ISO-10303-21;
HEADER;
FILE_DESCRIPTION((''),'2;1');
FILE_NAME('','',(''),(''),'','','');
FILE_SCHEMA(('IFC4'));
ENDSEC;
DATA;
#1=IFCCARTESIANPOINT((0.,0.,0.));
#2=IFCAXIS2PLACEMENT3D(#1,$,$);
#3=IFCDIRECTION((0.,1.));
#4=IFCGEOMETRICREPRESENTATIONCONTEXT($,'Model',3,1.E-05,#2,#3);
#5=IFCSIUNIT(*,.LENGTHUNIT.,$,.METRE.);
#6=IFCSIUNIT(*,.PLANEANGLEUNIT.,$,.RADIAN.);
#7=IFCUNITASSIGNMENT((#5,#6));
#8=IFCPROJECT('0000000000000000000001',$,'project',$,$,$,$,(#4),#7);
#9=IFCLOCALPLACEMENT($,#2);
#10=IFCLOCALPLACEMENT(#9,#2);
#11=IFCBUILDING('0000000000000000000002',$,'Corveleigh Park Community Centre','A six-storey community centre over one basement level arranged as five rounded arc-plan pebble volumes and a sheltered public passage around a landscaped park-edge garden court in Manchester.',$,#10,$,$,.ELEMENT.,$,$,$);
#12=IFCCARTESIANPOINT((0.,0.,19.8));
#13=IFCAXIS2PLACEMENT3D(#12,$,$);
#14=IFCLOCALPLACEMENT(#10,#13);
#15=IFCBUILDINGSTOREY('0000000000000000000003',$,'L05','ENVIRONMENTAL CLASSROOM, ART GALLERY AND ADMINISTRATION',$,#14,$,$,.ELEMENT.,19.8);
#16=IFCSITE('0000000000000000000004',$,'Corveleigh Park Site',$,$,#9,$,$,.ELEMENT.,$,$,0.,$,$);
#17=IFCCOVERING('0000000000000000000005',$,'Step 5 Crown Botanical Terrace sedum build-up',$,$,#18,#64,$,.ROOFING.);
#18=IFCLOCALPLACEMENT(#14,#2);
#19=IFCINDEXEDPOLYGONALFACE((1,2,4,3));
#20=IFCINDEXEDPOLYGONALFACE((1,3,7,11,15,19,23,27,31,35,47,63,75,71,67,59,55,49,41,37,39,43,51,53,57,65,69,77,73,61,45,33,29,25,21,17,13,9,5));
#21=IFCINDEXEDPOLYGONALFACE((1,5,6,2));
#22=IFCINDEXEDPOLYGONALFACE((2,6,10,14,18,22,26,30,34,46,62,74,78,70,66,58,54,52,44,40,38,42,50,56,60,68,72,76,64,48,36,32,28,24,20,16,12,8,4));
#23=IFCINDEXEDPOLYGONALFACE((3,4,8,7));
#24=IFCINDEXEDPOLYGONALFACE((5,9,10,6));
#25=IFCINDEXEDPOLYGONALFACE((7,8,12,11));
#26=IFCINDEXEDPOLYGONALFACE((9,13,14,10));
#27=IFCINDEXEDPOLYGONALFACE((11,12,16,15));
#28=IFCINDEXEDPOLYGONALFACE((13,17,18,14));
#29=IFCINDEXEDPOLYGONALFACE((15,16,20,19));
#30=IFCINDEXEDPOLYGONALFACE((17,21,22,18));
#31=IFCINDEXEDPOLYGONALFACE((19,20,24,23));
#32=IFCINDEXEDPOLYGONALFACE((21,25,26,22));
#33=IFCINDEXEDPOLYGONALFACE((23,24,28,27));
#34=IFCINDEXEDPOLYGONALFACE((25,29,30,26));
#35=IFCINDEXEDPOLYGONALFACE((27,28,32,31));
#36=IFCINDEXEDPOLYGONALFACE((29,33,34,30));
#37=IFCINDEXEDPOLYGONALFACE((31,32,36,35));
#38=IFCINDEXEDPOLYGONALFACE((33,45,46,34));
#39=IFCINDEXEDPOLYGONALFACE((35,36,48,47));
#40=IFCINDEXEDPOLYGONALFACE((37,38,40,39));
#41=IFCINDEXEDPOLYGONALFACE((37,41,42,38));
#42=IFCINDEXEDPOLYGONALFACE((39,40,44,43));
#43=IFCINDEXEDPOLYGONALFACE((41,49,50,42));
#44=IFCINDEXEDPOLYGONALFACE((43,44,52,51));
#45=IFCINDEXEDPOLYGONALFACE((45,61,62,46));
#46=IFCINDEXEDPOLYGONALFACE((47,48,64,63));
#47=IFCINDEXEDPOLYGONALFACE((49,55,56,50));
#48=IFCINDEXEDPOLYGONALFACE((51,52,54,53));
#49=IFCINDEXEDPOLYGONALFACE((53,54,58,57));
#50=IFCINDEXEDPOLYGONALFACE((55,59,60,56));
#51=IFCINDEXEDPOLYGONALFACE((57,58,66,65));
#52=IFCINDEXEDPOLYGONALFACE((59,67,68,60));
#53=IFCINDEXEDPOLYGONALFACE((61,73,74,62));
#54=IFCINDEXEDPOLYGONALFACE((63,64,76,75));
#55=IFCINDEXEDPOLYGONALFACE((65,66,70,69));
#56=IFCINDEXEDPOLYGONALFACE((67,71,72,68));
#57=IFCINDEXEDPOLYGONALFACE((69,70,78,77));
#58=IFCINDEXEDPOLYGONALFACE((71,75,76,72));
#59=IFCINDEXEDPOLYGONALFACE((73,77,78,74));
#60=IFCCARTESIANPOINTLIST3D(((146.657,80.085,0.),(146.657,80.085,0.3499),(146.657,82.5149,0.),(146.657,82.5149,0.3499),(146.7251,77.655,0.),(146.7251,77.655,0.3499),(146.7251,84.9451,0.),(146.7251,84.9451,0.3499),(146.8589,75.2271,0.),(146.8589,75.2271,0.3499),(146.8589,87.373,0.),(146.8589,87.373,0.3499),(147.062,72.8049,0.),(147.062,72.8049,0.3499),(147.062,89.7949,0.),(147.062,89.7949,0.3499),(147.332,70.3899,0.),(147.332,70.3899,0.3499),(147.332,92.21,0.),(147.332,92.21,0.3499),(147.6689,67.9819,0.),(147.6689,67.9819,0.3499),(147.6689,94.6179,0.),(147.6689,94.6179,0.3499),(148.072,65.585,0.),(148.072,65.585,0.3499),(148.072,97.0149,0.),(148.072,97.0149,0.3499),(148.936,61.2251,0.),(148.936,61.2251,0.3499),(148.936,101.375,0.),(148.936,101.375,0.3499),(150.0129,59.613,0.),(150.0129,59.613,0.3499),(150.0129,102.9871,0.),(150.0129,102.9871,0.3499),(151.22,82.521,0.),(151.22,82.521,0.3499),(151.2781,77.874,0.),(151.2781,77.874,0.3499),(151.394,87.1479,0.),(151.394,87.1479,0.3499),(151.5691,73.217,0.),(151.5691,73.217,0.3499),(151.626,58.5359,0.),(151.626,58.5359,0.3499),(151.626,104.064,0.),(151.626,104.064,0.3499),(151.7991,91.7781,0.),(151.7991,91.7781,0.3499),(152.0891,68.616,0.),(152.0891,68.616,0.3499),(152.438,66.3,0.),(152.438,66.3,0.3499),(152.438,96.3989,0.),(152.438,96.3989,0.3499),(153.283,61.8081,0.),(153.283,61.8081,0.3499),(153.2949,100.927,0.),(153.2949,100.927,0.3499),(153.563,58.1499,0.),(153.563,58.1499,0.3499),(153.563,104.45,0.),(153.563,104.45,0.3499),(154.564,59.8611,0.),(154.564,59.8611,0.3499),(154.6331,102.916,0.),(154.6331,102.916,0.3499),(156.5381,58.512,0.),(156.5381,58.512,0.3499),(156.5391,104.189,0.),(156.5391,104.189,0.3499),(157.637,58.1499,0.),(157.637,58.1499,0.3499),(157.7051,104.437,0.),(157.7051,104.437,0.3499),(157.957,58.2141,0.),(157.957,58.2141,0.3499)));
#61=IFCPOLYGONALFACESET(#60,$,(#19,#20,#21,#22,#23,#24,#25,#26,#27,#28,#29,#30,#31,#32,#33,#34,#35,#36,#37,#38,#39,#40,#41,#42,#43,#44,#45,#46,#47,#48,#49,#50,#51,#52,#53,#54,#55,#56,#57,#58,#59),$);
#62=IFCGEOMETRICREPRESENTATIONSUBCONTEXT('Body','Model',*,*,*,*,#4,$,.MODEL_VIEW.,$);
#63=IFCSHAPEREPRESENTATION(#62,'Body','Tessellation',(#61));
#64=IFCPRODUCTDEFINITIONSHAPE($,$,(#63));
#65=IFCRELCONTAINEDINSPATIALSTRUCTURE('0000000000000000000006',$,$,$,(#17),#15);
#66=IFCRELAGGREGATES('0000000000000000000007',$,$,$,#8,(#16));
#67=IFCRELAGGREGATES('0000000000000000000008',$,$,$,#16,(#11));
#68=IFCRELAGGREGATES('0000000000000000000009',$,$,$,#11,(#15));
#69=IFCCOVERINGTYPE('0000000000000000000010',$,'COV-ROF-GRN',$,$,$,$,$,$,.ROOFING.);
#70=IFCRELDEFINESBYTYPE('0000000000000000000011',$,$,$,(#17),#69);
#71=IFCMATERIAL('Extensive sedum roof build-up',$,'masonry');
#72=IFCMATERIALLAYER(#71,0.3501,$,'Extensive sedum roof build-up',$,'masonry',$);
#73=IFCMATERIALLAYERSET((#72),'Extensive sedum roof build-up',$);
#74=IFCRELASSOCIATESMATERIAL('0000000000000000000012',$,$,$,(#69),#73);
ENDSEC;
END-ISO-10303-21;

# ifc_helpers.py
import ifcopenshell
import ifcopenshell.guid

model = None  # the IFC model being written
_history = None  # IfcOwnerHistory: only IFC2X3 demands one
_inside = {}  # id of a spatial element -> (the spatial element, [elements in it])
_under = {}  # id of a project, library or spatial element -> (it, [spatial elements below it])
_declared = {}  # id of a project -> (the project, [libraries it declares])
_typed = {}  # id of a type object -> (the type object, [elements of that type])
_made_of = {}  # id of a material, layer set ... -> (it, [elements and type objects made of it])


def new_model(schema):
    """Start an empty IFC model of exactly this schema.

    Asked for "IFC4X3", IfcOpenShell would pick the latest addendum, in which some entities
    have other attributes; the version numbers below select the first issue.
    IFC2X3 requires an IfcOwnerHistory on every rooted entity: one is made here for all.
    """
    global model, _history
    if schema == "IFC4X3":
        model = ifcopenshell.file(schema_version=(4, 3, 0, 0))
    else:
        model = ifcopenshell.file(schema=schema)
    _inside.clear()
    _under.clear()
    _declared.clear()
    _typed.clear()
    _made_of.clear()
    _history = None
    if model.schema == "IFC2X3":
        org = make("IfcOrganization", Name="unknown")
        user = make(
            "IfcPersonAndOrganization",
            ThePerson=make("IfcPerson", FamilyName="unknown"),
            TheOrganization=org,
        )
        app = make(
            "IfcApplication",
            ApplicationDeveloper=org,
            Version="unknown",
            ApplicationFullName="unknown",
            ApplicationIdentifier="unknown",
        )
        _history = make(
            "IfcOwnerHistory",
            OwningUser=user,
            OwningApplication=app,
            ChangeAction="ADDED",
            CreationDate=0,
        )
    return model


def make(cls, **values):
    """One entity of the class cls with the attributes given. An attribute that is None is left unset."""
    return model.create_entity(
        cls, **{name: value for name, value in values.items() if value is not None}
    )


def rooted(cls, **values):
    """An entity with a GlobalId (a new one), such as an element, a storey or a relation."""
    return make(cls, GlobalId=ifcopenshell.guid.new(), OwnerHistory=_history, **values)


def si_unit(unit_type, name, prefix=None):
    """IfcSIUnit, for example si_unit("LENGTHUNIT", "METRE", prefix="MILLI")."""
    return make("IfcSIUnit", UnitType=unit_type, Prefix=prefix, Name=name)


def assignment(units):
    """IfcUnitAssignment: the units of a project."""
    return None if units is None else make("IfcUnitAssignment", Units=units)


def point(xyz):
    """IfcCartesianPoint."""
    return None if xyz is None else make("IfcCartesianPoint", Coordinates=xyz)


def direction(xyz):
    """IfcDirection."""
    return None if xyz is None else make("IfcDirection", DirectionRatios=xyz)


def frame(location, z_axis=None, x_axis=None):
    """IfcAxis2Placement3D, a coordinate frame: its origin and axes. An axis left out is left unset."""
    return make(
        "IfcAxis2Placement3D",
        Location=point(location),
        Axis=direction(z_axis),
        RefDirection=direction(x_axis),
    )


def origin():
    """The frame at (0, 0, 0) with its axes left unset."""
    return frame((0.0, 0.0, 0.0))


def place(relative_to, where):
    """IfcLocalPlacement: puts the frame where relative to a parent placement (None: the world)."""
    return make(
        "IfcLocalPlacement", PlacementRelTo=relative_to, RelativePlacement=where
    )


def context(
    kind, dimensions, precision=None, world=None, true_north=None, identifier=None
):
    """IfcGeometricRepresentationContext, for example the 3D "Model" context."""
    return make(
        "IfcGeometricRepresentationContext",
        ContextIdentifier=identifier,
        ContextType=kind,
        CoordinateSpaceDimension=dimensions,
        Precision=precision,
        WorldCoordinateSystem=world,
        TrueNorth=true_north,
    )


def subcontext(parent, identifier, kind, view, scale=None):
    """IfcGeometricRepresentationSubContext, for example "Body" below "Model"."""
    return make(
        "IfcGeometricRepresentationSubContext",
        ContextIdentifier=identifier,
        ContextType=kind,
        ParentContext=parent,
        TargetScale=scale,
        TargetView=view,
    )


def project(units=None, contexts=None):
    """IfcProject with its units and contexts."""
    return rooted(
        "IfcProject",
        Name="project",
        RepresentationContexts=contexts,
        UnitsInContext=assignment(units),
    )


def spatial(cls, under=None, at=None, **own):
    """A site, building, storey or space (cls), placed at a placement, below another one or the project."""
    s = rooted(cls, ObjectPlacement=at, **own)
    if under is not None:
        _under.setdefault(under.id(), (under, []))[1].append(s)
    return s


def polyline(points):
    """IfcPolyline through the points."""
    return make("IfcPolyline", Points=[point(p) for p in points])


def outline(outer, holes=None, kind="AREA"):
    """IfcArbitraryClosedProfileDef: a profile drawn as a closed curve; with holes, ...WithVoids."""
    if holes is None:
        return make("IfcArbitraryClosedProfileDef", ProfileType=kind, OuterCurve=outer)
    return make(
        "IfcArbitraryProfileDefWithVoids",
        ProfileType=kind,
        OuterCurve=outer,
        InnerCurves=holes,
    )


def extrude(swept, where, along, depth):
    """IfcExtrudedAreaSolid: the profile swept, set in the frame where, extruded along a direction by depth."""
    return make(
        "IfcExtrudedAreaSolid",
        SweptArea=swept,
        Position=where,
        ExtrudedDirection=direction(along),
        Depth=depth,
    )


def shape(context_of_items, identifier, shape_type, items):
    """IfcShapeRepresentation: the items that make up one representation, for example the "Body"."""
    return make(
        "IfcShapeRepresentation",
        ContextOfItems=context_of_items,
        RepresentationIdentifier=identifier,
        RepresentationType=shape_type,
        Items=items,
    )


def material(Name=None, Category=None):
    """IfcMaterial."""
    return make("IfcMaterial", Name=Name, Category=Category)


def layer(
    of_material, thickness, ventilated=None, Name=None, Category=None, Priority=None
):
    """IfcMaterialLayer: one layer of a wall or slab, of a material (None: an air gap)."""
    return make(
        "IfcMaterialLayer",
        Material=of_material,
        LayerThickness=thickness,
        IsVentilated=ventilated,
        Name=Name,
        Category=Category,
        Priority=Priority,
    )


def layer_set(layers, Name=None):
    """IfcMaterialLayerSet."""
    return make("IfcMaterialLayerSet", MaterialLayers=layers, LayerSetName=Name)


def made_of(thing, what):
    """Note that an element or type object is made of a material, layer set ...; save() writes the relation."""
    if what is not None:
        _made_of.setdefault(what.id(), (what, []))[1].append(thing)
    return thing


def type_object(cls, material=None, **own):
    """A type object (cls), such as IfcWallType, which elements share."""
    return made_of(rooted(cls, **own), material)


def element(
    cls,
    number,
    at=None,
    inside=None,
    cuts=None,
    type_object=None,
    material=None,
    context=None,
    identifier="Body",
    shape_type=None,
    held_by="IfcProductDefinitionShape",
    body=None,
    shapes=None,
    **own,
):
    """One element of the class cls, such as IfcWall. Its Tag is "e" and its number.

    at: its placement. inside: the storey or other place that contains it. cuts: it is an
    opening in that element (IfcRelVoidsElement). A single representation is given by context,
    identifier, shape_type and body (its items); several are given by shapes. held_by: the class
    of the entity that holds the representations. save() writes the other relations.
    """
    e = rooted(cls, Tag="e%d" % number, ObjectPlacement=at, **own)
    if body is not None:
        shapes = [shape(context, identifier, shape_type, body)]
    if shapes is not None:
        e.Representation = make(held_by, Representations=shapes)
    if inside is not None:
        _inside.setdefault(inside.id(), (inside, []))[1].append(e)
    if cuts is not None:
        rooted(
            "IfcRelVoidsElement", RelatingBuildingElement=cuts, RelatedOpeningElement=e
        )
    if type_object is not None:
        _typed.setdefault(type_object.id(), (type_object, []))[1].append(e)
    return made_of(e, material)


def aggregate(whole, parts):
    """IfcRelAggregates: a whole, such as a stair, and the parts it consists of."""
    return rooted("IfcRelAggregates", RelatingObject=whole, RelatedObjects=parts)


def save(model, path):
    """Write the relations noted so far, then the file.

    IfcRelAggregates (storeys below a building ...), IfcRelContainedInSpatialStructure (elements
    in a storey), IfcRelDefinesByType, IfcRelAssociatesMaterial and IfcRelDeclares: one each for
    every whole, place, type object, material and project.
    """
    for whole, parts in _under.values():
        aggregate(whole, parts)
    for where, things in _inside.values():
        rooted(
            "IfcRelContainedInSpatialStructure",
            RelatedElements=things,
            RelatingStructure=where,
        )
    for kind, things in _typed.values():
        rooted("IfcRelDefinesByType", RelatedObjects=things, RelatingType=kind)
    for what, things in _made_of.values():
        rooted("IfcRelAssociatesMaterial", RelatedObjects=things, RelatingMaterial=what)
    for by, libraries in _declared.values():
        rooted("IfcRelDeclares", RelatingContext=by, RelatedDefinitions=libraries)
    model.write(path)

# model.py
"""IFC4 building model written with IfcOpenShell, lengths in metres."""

from ifc_helpers import new_model, si_unit, direction, frame, origin, place, context, subcontext, project, spatial, polyline, outline, extrude, material, layer, layer_set, type_object, element, save


model = new_model("IFC4")

# Units and contexts
model_context = context("Model", 3, precision=1e-05, world=origin(), true_north=direction((0.0, 1.0)))
body_context = subcontext(model_context, "Body", "Model", "MODEL_VIEW")
ifc_project = project(units=[si_unit("LENGTHUNIT", "METRE"), si_unit("PLANEANGLEUNIT", "RADIAN")], contexts=[model_context])

# Site, building, storey
site_placement = place(None, origin())
site = spatial("IfcSite", under=ifc_project, at=site_placement, Name="Corveleigh Park Site", CompositionType="ELEMENT", RefElevation=0.0)
building_placement = place(site_placement, origin())
building = spatial("IfcBuilding", under=site, at=building_placement, Name="Corveleigh Park Community Centre", Description="A six-storey community centre over one basement level arranged as five rounded arc-plan pebble volumes and a sheltered public passage around a landscaped park-edge garden court in Manchester.", CompositionType="ELEMENT")
storey_placement = place(building_placement, frame((0.0, 0.0, 19.8)))
storey = spatial("IfcBuildingStorey", under=building, at=storey_placement, Name="L05", Description="ENVIRONMENTAL CLASSROOM, ART GALLERY AND ADMINISTRATION", CompositionType="ELEMENT", Elevation=19.8)

# Covering
ifc_material_1 = material(Name="Extensive sedum roof build-up", Category="masonry")
ifc_layer_1 = layer(ifc_material_1, 0.3501, Name="Extensive sedum roof build-up", Category="masonry")
ifc_layer_set_1 = layer_set([ifc_layer_1], Name="Extensive sedum roof build-up")
covering_type_1 = type_object("IfcCoveringType", Name="COV-ROF-GRN", PredefinedType="ROOFING", material=ifc_layer_set_1)
covering_1_placement = place(storey_placement, origin())
element("IfcCovering", 1, at=covering_1_placement, inside=storey, type_object=covering_type_1, Name="Step 5 Crown Botanical Terrace sedum build-up", PredefinedType="ROOFING", context=body_context, shape_type="SweptSolid", body=[
    extrude(outline(polyline([(157.7051, 104.437), (156.5391, 104.189), (154.6331, 102.916), (153.2949, 100.927), (152.438, 96.3989), (151.7991, 91.7781), (151.394, 87.1479), (151.22, 82.521), (151.2781, 77.874), (151.5691, 73.217), (152.0891, 68.616), (152.438, 66.3), (153.283, 61.8081), (154.564, 59.8611), (156.5381, 58.512), (157.957, 58.2141), (157.637, 58.1499), (153.563, 58.1499), (151.626, 58.5359), (150.0129, 59.613), (148.936, 61.2251), (148.072, 65.585), (147.6689, 67.9819), (147.332, 70.3899), (147.062, 72.8049), (146.8589, 75.2271), (146.7251, 77.655), (146.657, 80.085), (146.657, 82.5149), (146.7251, 84.9451), (146.8589, 87.373), (147.062, 89.7949), (147.332, 92.21), (147.6689, 94.6179), (148.072, 97.0149), (148.936, 101.375), (150.0129, 102.9871), (151.626, 104.064), (153.563, 104.45), (157.7051, 104.437)])), origin(), (0.0, 0.0, 1.0), 0.3499),
])

save(model, "model.ifc")
